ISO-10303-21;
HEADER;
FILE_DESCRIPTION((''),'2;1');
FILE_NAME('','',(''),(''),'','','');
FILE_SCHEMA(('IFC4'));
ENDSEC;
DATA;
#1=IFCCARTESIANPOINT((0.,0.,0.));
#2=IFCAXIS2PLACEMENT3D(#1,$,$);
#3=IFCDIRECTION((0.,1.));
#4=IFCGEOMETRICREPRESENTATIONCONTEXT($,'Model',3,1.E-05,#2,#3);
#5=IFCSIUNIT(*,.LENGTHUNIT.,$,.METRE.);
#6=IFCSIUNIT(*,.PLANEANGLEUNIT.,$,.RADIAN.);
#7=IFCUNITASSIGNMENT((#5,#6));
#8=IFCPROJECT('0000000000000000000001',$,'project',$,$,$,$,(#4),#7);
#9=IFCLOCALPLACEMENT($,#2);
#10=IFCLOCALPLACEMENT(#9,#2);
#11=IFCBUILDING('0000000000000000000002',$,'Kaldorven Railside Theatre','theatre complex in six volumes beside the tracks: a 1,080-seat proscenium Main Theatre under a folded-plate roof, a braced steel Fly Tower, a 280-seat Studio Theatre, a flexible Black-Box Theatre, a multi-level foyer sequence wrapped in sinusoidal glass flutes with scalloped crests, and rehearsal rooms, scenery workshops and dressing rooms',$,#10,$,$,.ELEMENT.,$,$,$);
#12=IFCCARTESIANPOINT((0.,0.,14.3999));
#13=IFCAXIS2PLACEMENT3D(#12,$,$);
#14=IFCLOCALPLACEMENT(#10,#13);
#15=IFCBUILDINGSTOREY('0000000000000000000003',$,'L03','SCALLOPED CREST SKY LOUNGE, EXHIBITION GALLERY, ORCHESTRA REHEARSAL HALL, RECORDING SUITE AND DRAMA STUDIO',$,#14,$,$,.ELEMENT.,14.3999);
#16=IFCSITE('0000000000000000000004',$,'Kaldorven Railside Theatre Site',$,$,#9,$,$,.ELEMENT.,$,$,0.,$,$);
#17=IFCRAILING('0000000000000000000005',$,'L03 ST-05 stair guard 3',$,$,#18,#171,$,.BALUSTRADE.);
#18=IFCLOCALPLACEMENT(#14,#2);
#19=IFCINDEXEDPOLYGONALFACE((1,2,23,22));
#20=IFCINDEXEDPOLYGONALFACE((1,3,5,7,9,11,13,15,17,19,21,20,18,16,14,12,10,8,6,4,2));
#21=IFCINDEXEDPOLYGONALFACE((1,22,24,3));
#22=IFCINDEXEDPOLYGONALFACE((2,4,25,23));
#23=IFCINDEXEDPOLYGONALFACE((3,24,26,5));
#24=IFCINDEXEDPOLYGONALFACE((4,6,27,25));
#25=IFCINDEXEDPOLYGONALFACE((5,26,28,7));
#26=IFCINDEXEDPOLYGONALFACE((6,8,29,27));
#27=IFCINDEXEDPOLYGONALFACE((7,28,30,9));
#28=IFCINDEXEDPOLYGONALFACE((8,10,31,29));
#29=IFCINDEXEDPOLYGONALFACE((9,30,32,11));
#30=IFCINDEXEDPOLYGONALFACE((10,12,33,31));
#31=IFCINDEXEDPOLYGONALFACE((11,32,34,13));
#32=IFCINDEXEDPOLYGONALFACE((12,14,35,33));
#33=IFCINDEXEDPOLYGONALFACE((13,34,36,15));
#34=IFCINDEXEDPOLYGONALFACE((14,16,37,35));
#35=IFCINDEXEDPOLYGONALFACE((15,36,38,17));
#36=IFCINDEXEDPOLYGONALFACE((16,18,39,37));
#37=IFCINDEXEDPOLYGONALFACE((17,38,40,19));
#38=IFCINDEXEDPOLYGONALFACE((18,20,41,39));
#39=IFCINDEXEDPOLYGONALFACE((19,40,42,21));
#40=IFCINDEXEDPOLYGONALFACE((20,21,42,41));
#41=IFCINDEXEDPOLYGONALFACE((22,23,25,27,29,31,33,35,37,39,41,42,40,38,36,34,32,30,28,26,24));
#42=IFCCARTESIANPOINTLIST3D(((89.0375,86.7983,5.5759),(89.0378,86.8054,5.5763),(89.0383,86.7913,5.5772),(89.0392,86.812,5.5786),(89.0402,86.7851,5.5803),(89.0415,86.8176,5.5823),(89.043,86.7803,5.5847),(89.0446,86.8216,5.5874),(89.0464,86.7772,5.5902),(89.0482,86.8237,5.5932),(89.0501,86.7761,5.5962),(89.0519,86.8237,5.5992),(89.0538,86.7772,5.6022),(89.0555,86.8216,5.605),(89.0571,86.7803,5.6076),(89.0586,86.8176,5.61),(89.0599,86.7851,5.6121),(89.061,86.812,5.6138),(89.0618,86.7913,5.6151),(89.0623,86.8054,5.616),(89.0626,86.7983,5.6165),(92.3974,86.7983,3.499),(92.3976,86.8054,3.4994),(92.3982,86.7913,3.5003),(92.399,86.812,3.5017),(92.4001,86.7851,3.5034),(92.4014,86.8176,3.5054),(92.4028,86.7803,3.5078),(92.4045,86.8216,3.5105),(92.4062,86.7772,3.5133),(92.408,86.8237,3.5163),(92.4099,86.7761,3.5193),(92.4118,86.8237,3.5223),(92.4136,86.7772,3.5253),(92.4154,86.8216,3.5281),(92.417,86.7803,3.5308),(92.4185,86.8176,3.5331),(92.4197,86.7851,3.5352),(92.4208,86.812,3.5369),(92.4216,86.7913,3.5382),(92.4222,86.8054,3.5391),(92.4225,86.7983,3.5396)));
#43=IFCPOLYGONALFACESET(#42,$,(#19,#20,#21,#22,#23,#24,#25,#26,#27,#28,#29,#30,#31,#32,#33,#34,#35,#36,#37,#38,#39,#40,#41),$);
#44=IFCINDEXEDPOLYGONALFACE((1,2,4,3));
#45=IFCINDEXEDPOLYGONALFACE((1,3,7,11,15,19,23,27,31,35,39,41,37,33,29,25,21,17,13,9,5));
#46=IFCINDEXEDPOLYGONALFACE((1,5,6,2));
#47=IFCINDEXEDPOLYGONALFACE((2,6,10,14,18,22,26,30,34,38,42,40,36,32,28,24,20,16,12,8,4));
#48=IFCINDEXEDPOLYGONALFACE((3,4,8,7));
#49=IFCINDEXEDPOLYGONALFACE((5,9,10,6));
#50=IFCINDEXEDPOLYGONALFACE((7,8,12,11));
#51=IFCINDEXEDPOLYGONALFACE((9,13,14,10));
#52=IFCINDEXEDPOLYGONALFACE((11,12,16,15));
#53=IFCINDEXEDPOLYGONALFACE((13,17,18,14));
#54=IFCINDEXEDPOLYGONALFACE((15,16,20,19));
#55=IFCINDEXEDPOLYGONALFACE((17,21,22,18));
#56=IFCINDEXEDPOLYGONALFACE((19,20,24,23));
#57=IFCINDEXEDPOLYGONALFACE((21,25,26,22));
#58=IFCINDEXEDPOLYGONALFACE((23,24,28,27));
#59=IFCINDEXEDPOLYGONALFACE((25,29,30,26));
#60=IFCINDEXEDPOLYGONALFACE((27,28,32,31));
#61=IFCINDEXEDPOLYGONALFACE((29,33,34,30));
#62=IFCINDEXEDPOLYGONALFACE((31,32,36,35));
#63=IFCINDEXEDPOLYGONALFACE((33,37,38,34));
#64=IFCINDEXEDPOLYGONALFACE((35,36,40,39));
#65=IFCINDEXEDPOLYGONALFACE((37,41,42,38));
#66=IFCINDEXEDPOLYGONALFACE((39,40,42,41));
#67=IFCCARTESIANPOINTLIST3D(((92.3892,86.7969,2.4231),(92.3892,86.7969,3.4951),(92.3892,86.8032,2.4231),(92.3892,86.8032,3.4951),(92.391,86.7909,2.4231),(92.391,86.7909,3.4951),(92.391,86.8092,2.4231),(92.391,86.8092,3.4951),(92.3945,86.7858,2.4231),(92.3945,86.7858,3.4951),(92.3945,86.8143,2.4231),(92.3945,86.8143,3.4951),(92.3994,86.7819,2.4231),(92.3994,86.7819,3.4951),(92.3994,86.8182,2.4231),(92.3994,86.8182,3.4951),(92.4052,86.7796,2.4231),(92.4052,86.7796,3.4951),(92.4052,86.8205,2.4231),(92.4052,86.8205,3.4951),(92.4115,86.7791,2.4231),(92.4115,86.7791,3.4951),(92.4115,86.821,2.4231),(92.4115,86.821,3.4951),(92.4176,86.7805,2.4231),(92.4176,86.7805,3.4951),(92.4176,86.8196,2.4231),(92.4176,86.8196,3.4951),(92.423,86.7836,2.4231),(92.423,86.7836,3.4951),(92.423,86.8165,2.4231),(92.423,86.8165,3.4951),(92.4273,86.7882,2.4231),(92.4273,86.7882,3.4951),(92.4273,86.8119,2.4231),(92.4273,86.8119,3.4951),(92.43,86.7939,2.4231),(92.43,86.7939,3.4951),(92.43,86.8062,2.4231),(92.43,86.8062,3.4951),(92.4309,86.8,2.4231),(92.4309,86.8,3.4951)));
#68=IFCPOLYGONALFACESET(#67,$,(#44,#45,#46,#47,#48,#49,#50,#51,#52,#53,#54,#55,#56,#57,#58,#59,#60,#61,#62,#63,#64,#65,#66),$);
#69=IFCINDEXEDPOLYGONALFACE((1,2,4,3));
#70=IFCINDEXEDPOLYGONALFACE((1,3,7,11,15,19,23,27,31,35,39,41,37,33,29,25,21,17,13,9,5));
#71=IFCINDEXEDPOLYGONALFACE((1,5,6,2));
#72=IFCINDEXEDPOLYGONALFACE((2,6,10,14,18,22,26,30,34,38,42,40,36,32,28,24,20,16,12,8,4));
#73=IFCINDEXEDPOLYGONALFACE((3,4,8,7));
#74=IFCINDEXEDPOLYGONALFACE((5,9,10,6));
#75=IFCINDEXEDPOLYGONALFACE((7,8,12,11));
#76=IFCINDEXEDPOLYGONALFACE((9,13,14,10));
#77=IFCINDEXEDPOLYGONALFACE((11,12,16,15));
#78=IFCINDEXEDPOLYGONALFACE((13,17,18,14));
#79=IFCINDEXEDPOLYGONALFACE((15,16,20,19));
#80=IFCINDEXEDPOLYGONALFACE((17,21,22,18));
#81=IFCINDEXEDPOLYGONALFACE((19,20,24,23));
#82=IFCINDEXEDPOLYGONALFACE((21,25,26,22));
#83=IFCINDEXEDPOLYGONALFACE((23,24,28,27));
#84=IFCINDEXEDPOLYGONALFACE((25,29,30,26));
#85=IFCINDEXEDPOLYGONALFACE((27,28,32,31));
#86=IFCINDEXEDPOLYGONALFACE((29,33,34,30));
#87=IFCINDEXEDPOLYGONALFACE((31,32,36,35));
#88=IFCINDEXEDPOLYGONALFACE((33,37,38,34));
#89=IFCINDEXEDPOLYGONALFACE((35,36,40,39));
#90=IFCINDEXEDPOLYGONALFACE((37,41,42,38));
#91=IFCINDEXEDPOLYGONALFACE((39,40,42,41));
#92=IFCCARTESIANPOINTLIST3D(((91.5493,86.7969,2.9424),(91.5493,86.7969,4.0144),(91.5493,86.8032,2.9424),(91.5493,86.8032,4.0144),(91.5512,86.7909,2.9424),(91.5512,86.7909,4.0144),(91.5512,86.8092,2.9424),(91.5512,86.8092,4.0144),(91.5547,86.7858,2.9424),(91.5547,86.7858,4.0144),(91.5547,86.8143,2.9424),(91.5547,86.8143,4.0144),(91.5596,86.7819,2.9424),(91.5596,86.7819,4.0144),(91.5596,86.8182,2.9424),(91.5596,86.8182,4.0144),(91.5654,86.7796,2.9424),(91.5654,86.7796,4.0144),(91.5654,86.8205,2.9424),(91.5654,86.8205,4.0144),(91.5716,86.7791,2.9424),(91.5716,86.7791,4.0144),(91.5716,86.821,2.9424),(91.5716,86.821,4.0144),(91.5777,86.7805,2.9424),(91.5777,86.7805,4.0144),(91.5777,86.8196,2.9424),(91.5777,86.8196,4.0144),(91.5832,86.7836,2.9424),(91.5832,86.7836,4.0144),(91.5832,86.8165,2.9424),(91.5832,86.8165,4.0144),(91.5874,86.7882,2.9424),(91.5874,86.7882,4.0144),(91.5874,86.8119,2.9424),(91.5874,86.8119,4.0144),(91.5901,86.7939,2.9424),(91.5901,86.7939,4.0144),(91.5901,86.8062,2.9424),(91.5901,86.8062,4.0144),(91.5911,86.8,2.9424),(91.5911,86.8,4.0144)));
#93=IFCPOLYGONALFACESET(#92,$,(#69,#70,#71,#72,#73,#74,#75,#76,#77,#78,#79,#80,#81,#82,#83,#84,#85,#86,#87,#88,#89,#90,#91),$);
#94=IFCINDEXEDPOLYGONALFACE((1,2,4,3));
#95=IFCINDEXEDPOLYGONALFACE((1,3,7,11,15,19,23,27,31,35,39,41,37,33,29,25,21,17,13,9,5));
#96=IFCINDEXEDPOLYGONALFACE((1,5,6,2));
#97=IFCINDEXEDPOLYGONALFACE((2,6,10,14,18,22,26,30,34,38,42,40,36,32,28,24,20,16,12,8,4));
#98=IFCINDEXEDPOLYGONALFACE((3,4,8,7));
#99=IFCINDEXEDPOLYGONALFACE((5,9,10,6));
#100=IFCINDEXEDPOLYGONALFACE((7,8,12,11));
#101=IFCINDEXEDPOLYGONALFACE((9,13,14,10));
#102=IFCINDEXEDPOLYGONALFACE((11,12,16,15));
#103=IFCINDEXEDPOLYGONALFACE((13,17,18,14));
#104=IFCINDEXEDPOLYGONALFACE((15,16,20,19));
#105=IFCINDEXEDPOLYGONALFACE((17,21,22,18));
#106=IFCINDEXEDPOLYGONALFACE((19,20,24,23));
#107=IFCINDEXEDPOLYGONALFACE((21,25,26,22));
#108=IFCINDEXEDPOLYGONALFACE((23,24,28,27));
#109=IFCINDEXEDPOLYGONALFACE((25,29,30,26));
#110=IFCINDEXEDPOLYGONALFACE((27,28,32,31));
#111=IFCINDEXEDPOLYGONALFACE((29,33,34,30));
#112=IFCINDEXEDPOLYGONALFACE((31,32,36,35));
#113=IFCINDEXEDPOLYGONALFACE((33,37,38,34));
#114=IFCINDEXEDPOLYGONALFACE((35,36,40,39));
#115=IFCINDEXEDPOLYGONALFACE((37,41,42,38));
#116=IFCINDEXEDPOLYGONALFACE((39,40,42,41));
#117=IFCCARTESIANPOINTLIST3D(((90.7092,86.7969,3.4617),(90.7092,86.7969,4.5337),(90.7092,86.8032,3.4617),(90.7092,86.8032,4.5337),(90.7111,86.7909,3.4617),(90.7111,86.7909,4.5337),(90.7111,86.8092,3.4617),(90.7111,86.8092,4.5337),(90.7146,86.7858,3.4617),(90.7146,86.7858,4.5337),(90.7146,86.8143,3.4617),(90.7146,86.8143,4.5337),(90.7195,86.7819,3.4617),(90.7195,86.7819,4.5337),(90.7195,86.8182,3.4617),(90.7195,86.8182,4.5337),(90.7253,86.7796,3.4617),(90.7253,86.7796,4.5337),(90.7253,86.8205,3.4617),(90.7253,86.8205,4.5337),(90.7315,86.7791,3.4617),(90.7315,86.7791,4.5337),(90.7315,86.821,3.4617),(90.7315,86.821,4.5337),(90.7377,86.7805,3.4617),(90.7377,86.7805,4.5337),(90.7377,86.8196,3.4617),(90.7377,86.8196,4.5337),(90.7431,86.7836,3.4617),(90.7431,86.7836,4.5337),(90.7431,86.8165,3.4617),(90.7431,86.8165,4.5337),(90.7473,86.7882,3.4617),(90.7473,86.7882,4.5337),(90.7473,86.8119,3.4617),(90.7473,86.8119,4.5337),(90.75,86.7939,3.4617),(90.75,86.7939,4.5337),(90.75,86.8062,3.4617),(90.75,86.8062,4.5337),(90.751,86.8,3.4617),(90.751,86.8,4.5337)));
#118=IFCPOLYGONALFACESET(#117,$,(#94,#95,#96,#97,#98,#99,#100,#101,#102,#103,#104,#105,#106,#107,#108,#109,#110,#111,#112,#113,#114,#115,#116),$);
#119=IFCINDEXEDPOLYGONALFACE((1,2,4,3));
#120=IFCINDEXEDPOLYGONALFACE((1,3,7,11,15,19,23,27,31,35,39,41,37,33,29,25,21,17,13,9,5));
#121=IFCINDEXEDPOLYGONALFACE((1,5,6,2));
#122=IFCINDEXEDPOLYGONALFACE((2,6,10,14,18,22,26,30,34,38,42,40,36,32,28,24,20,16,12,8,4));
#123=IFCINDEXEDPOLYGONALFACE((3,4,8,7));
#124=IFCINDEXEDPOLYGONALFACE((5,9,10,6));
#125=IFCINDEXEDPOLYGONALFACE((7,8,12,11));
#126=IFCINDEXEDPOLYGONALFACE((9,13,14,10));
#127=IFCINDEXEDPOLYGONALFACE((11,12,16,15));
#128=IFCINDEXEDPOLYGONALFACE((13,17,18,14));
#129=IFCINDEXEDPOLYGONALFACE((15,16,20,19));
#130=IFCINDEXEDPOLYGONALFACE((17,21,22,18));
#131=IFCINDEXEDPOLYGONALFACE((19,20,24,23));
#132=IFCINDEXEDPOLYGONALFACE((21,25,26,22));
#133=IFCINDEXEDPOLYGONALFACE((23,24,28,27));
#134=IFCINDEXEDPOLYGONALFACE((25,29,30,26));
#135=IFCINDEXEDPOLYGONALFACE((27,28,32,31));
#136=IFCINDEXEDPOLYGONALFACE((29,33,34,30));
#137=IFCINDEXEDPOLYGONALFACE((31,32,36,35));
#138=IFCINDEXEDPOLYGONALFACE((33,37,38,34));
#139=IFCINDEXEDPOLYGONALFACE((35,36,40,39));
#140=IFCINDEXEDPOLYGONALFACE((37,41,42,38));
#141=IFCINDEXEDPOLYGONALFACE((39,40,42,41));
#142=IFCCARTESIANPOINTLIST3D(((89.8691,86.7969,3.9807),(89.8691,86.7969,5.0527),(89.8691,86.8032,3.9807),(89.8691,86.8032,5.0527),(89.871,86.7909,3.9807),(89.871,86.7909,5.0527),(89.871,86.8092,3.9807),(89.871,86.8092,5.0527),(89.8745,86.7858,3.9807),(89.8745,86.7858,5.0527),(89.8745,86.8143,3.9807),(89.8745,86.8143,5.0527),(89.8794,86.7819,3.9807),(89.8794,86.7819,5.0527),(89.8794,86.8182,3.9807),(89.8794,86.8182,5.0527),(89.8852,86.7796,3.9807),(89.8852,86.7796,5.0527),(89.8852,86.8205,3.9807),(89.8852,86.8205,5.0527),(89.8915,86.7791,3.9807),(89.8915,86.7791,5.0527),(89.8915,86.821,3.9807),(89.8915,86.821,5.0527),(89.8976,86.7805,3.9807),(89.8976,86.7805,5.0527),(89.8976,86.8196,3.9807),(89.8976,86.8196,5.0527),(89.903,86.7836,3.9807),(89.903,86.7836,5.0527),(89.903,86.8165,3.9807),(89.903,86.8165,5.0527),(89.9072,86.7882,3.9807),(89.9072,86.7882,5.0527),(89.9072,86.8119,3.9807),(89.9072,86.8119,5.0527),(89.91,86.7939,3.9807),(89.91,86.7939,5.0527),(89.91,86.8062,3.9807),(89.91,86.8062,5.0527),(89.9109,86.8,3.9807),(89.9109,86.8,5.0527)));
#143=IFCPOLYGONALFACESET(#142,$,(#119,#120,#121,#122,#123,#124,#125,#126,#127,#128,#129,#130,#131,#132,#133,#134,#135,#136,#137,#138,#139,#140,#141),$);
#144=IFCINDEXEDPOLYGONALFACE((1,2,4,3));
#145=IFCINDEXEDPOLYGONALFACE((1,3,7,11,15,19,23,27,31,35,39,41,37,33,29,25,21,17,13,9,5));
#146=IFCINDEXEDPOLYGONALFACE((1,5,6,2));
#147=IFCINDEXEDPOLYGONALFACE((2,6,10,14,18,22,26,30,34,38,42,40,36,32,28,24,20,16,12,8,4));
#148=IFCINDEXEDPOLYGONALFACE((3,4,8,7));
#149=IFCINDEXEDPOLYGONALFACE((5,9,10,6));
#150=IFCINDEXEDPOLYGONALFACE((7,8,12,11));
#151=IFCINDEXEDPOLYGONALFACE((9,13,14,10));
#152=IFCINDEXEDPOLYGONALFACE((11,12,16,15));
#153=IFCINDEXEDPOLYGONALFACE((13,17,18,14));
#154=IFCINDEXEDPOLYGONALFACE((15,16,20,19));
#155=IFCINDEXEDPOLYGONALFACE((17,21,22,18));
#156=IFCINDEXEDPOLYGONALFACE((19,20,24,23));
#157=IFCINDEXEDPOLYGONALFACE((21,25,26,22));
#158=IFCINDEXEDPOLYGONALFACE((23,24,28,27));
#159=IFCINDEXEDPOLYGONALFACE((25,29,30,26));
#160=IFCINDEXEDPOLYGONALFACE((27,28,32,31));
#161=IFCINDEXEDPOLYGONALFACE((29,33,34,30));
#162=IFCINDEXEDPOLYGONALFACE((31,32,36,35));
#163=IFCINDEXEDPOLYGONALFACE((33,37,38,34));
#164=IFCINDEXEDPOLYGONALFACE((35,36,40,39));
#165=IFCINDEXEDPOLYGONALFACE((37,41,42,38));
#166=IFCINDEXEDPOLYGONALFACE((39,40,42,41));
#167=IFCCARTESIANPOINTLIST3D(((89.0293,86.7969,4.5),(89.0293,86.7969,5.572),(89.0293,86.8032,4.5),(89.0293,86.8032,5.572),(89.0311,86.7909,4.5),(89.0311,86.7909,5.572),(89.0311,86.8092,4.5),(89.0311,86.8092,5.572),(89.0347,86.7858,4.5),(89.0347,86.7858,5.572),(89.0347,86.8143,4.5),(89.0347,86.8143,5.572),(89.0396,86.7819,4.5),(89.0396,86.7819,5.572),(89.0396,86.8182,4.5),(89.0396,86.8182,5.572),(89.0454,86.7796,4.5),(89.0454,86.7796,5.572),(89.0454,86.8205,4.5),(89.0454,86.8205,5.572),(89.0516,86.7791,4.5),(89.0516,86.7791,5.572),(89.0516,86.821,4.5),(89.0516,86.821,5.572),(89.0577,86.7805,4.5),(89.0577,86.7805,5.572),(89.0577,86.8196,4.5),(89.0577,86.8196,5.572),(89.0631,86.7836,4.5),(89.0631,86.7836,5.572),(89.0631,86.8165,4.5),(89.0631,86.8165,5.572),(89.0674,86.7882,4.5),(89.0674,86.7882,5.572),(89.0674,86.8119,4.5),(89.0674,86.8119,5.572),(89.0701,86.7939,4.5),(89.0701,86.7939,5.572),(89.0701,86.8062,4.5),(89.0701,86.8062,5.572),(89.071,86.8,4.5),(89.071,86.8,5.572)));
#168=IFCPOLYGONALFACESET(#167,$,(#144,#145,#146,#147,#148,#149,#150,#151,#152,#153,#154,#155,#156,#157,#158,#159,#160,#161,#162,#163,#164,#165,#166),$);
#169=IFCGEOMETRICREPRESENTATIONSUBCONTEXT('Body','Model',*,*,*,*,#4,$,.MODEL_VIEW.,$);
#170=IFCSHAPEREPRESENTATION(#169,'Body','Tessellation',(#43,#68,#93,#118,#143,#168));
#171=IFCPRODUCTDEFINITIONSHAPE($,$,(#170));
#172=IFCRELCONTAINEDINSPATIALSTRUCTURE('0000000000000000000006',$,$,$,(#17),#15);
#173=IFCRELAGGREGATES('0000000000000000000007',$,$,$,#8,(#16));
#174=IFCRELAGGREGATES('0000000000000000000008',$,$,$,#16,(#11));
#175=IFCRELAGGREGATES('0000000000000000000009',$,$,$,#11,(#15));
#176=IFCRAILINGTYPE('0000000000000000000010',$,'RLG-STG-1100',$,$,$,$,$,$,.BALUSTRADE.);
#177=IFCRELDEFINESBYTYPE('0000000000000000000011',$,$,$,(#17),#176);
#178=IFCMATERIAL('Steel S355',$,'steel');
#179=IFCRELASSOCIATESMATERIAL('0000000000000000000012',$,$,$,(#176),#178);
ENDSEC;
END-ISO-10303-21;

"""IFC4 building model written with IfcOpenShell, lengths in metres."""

from ifc_helpers import new_model, si_unit, direction, frame, origin, origin_2d, place, context, subcontext, project, spatial, circle, extrude, material, type_object, element, save


model = new_model("IFC4")

# Units and contexts
model_context = context("Model", 3, precision=1e-05, world=origin(), true_north=direction((0.0, 1.0)))
body_context = subcontext(model_context, "Body", "Model", "MODEL_VIEW")
ifc_project = project(units=[si_unit("LENGTHUNIT", "METRE"), si_unit("PLANEANGLEUNIT", "RADIAN")], contexts=[model_context])

# Site, building, storey
site_placement = place(None, origin())
site = spatial("IfcSite", under=ifc_project, at=site_placement, Name="Kaldorven Railside Theatre Site", CompositionType="ELEMENT", RefElevation=0.0)
building_placement = place(site_placement, origin())
building = spatial("IfcBuilding", under=site, at=building_placement, Name="Kaldorven Railside Theatre", Description="theatre complex in six volumes beside the tracks: a 1,080-seat proscenium Main Theatre under a folded-plate roof, a braced steel Fly Tower, a 280-seat Studio Theatre, a flexible Black-Box Theatre, a multi-level foyer sequence wrapped in sinusoidal glass flutes with scalloped crests, and rehearsal rooms, scenery workshops and dressing rooms", CompositionType="ELEMENT")
storey_placement = place(building_placement, frame((0.0, 0.0, 14.3999)))
storey = spatial("IfcBuildingStorey", under=building, at=storey_placement, Name="L03", Description="SCALLOPED CREST SKY LOUNGE, EXHIBITION GALLERY, ORCHESTRA REHEARSAL HALL, RECORDING SUITE AND DRAMA STUDIO", CompositionType="ELEMENT", Elevation=14.3999)

# Shared definitions
ifc_material_1 = material(Name="Steel S355", Category="steel")

# Railing
railing_type_1 = type_object("IfcRailingType", Name="RLG-STG-1100", PredefinedType="BALUSTRADE", material=ifc_material_1)
railing_1_placement = place(storey_placement, frame((92.4099, 86.8, 2.4231)))
element("IfcRailing", 1, at=railing_1_placement, inside=storey, type_object=railing_type_1, Name="L03 ST-05 stair guard 3", PredefinedType="BALUSTRADE", context=body_context, shape_type="SweptSolid", body=[
    extrude(circle(Radius=0.0239, at=origin_2d()), frame((0.0, 0.0, 1.0962), z_axis=(-0.850606, 0.0, 0.525803), x_axis=(0.0, -1.0, 0.0)), (0.0, 0.0, 1.0), 3.95),
    extrude(circle(Radius=0.021, at=origin_2d()), origin(), (0.0, 0.0, 1.0), 1.072),
    extrude(circle(Radius=0.021, at=origin_2d()), frame((-0.8398, 0.0, 0.5193)), (0.0, 0.0, 1.0), 1.072),
    extrude(circle(Radius=0.021, at=origin_2d()), frame((-1.6799, 0.0, 1.0386)), (0.0, 0.0, 1.0), 1.072),
    extrude(circle(Radius=0.021, at=origin_2d()), frame((-2.52, 0.0, 1.5576)), (0.0, 0.0, 1.0), 1.072),
    extrude(circle(Radius=0.021, at=origin_2d()), frame((-3.3599, 0.0, 2.0769)), (0.0, 0.0, 1.0), 1.072),
])

save(model, "model.ifc")
